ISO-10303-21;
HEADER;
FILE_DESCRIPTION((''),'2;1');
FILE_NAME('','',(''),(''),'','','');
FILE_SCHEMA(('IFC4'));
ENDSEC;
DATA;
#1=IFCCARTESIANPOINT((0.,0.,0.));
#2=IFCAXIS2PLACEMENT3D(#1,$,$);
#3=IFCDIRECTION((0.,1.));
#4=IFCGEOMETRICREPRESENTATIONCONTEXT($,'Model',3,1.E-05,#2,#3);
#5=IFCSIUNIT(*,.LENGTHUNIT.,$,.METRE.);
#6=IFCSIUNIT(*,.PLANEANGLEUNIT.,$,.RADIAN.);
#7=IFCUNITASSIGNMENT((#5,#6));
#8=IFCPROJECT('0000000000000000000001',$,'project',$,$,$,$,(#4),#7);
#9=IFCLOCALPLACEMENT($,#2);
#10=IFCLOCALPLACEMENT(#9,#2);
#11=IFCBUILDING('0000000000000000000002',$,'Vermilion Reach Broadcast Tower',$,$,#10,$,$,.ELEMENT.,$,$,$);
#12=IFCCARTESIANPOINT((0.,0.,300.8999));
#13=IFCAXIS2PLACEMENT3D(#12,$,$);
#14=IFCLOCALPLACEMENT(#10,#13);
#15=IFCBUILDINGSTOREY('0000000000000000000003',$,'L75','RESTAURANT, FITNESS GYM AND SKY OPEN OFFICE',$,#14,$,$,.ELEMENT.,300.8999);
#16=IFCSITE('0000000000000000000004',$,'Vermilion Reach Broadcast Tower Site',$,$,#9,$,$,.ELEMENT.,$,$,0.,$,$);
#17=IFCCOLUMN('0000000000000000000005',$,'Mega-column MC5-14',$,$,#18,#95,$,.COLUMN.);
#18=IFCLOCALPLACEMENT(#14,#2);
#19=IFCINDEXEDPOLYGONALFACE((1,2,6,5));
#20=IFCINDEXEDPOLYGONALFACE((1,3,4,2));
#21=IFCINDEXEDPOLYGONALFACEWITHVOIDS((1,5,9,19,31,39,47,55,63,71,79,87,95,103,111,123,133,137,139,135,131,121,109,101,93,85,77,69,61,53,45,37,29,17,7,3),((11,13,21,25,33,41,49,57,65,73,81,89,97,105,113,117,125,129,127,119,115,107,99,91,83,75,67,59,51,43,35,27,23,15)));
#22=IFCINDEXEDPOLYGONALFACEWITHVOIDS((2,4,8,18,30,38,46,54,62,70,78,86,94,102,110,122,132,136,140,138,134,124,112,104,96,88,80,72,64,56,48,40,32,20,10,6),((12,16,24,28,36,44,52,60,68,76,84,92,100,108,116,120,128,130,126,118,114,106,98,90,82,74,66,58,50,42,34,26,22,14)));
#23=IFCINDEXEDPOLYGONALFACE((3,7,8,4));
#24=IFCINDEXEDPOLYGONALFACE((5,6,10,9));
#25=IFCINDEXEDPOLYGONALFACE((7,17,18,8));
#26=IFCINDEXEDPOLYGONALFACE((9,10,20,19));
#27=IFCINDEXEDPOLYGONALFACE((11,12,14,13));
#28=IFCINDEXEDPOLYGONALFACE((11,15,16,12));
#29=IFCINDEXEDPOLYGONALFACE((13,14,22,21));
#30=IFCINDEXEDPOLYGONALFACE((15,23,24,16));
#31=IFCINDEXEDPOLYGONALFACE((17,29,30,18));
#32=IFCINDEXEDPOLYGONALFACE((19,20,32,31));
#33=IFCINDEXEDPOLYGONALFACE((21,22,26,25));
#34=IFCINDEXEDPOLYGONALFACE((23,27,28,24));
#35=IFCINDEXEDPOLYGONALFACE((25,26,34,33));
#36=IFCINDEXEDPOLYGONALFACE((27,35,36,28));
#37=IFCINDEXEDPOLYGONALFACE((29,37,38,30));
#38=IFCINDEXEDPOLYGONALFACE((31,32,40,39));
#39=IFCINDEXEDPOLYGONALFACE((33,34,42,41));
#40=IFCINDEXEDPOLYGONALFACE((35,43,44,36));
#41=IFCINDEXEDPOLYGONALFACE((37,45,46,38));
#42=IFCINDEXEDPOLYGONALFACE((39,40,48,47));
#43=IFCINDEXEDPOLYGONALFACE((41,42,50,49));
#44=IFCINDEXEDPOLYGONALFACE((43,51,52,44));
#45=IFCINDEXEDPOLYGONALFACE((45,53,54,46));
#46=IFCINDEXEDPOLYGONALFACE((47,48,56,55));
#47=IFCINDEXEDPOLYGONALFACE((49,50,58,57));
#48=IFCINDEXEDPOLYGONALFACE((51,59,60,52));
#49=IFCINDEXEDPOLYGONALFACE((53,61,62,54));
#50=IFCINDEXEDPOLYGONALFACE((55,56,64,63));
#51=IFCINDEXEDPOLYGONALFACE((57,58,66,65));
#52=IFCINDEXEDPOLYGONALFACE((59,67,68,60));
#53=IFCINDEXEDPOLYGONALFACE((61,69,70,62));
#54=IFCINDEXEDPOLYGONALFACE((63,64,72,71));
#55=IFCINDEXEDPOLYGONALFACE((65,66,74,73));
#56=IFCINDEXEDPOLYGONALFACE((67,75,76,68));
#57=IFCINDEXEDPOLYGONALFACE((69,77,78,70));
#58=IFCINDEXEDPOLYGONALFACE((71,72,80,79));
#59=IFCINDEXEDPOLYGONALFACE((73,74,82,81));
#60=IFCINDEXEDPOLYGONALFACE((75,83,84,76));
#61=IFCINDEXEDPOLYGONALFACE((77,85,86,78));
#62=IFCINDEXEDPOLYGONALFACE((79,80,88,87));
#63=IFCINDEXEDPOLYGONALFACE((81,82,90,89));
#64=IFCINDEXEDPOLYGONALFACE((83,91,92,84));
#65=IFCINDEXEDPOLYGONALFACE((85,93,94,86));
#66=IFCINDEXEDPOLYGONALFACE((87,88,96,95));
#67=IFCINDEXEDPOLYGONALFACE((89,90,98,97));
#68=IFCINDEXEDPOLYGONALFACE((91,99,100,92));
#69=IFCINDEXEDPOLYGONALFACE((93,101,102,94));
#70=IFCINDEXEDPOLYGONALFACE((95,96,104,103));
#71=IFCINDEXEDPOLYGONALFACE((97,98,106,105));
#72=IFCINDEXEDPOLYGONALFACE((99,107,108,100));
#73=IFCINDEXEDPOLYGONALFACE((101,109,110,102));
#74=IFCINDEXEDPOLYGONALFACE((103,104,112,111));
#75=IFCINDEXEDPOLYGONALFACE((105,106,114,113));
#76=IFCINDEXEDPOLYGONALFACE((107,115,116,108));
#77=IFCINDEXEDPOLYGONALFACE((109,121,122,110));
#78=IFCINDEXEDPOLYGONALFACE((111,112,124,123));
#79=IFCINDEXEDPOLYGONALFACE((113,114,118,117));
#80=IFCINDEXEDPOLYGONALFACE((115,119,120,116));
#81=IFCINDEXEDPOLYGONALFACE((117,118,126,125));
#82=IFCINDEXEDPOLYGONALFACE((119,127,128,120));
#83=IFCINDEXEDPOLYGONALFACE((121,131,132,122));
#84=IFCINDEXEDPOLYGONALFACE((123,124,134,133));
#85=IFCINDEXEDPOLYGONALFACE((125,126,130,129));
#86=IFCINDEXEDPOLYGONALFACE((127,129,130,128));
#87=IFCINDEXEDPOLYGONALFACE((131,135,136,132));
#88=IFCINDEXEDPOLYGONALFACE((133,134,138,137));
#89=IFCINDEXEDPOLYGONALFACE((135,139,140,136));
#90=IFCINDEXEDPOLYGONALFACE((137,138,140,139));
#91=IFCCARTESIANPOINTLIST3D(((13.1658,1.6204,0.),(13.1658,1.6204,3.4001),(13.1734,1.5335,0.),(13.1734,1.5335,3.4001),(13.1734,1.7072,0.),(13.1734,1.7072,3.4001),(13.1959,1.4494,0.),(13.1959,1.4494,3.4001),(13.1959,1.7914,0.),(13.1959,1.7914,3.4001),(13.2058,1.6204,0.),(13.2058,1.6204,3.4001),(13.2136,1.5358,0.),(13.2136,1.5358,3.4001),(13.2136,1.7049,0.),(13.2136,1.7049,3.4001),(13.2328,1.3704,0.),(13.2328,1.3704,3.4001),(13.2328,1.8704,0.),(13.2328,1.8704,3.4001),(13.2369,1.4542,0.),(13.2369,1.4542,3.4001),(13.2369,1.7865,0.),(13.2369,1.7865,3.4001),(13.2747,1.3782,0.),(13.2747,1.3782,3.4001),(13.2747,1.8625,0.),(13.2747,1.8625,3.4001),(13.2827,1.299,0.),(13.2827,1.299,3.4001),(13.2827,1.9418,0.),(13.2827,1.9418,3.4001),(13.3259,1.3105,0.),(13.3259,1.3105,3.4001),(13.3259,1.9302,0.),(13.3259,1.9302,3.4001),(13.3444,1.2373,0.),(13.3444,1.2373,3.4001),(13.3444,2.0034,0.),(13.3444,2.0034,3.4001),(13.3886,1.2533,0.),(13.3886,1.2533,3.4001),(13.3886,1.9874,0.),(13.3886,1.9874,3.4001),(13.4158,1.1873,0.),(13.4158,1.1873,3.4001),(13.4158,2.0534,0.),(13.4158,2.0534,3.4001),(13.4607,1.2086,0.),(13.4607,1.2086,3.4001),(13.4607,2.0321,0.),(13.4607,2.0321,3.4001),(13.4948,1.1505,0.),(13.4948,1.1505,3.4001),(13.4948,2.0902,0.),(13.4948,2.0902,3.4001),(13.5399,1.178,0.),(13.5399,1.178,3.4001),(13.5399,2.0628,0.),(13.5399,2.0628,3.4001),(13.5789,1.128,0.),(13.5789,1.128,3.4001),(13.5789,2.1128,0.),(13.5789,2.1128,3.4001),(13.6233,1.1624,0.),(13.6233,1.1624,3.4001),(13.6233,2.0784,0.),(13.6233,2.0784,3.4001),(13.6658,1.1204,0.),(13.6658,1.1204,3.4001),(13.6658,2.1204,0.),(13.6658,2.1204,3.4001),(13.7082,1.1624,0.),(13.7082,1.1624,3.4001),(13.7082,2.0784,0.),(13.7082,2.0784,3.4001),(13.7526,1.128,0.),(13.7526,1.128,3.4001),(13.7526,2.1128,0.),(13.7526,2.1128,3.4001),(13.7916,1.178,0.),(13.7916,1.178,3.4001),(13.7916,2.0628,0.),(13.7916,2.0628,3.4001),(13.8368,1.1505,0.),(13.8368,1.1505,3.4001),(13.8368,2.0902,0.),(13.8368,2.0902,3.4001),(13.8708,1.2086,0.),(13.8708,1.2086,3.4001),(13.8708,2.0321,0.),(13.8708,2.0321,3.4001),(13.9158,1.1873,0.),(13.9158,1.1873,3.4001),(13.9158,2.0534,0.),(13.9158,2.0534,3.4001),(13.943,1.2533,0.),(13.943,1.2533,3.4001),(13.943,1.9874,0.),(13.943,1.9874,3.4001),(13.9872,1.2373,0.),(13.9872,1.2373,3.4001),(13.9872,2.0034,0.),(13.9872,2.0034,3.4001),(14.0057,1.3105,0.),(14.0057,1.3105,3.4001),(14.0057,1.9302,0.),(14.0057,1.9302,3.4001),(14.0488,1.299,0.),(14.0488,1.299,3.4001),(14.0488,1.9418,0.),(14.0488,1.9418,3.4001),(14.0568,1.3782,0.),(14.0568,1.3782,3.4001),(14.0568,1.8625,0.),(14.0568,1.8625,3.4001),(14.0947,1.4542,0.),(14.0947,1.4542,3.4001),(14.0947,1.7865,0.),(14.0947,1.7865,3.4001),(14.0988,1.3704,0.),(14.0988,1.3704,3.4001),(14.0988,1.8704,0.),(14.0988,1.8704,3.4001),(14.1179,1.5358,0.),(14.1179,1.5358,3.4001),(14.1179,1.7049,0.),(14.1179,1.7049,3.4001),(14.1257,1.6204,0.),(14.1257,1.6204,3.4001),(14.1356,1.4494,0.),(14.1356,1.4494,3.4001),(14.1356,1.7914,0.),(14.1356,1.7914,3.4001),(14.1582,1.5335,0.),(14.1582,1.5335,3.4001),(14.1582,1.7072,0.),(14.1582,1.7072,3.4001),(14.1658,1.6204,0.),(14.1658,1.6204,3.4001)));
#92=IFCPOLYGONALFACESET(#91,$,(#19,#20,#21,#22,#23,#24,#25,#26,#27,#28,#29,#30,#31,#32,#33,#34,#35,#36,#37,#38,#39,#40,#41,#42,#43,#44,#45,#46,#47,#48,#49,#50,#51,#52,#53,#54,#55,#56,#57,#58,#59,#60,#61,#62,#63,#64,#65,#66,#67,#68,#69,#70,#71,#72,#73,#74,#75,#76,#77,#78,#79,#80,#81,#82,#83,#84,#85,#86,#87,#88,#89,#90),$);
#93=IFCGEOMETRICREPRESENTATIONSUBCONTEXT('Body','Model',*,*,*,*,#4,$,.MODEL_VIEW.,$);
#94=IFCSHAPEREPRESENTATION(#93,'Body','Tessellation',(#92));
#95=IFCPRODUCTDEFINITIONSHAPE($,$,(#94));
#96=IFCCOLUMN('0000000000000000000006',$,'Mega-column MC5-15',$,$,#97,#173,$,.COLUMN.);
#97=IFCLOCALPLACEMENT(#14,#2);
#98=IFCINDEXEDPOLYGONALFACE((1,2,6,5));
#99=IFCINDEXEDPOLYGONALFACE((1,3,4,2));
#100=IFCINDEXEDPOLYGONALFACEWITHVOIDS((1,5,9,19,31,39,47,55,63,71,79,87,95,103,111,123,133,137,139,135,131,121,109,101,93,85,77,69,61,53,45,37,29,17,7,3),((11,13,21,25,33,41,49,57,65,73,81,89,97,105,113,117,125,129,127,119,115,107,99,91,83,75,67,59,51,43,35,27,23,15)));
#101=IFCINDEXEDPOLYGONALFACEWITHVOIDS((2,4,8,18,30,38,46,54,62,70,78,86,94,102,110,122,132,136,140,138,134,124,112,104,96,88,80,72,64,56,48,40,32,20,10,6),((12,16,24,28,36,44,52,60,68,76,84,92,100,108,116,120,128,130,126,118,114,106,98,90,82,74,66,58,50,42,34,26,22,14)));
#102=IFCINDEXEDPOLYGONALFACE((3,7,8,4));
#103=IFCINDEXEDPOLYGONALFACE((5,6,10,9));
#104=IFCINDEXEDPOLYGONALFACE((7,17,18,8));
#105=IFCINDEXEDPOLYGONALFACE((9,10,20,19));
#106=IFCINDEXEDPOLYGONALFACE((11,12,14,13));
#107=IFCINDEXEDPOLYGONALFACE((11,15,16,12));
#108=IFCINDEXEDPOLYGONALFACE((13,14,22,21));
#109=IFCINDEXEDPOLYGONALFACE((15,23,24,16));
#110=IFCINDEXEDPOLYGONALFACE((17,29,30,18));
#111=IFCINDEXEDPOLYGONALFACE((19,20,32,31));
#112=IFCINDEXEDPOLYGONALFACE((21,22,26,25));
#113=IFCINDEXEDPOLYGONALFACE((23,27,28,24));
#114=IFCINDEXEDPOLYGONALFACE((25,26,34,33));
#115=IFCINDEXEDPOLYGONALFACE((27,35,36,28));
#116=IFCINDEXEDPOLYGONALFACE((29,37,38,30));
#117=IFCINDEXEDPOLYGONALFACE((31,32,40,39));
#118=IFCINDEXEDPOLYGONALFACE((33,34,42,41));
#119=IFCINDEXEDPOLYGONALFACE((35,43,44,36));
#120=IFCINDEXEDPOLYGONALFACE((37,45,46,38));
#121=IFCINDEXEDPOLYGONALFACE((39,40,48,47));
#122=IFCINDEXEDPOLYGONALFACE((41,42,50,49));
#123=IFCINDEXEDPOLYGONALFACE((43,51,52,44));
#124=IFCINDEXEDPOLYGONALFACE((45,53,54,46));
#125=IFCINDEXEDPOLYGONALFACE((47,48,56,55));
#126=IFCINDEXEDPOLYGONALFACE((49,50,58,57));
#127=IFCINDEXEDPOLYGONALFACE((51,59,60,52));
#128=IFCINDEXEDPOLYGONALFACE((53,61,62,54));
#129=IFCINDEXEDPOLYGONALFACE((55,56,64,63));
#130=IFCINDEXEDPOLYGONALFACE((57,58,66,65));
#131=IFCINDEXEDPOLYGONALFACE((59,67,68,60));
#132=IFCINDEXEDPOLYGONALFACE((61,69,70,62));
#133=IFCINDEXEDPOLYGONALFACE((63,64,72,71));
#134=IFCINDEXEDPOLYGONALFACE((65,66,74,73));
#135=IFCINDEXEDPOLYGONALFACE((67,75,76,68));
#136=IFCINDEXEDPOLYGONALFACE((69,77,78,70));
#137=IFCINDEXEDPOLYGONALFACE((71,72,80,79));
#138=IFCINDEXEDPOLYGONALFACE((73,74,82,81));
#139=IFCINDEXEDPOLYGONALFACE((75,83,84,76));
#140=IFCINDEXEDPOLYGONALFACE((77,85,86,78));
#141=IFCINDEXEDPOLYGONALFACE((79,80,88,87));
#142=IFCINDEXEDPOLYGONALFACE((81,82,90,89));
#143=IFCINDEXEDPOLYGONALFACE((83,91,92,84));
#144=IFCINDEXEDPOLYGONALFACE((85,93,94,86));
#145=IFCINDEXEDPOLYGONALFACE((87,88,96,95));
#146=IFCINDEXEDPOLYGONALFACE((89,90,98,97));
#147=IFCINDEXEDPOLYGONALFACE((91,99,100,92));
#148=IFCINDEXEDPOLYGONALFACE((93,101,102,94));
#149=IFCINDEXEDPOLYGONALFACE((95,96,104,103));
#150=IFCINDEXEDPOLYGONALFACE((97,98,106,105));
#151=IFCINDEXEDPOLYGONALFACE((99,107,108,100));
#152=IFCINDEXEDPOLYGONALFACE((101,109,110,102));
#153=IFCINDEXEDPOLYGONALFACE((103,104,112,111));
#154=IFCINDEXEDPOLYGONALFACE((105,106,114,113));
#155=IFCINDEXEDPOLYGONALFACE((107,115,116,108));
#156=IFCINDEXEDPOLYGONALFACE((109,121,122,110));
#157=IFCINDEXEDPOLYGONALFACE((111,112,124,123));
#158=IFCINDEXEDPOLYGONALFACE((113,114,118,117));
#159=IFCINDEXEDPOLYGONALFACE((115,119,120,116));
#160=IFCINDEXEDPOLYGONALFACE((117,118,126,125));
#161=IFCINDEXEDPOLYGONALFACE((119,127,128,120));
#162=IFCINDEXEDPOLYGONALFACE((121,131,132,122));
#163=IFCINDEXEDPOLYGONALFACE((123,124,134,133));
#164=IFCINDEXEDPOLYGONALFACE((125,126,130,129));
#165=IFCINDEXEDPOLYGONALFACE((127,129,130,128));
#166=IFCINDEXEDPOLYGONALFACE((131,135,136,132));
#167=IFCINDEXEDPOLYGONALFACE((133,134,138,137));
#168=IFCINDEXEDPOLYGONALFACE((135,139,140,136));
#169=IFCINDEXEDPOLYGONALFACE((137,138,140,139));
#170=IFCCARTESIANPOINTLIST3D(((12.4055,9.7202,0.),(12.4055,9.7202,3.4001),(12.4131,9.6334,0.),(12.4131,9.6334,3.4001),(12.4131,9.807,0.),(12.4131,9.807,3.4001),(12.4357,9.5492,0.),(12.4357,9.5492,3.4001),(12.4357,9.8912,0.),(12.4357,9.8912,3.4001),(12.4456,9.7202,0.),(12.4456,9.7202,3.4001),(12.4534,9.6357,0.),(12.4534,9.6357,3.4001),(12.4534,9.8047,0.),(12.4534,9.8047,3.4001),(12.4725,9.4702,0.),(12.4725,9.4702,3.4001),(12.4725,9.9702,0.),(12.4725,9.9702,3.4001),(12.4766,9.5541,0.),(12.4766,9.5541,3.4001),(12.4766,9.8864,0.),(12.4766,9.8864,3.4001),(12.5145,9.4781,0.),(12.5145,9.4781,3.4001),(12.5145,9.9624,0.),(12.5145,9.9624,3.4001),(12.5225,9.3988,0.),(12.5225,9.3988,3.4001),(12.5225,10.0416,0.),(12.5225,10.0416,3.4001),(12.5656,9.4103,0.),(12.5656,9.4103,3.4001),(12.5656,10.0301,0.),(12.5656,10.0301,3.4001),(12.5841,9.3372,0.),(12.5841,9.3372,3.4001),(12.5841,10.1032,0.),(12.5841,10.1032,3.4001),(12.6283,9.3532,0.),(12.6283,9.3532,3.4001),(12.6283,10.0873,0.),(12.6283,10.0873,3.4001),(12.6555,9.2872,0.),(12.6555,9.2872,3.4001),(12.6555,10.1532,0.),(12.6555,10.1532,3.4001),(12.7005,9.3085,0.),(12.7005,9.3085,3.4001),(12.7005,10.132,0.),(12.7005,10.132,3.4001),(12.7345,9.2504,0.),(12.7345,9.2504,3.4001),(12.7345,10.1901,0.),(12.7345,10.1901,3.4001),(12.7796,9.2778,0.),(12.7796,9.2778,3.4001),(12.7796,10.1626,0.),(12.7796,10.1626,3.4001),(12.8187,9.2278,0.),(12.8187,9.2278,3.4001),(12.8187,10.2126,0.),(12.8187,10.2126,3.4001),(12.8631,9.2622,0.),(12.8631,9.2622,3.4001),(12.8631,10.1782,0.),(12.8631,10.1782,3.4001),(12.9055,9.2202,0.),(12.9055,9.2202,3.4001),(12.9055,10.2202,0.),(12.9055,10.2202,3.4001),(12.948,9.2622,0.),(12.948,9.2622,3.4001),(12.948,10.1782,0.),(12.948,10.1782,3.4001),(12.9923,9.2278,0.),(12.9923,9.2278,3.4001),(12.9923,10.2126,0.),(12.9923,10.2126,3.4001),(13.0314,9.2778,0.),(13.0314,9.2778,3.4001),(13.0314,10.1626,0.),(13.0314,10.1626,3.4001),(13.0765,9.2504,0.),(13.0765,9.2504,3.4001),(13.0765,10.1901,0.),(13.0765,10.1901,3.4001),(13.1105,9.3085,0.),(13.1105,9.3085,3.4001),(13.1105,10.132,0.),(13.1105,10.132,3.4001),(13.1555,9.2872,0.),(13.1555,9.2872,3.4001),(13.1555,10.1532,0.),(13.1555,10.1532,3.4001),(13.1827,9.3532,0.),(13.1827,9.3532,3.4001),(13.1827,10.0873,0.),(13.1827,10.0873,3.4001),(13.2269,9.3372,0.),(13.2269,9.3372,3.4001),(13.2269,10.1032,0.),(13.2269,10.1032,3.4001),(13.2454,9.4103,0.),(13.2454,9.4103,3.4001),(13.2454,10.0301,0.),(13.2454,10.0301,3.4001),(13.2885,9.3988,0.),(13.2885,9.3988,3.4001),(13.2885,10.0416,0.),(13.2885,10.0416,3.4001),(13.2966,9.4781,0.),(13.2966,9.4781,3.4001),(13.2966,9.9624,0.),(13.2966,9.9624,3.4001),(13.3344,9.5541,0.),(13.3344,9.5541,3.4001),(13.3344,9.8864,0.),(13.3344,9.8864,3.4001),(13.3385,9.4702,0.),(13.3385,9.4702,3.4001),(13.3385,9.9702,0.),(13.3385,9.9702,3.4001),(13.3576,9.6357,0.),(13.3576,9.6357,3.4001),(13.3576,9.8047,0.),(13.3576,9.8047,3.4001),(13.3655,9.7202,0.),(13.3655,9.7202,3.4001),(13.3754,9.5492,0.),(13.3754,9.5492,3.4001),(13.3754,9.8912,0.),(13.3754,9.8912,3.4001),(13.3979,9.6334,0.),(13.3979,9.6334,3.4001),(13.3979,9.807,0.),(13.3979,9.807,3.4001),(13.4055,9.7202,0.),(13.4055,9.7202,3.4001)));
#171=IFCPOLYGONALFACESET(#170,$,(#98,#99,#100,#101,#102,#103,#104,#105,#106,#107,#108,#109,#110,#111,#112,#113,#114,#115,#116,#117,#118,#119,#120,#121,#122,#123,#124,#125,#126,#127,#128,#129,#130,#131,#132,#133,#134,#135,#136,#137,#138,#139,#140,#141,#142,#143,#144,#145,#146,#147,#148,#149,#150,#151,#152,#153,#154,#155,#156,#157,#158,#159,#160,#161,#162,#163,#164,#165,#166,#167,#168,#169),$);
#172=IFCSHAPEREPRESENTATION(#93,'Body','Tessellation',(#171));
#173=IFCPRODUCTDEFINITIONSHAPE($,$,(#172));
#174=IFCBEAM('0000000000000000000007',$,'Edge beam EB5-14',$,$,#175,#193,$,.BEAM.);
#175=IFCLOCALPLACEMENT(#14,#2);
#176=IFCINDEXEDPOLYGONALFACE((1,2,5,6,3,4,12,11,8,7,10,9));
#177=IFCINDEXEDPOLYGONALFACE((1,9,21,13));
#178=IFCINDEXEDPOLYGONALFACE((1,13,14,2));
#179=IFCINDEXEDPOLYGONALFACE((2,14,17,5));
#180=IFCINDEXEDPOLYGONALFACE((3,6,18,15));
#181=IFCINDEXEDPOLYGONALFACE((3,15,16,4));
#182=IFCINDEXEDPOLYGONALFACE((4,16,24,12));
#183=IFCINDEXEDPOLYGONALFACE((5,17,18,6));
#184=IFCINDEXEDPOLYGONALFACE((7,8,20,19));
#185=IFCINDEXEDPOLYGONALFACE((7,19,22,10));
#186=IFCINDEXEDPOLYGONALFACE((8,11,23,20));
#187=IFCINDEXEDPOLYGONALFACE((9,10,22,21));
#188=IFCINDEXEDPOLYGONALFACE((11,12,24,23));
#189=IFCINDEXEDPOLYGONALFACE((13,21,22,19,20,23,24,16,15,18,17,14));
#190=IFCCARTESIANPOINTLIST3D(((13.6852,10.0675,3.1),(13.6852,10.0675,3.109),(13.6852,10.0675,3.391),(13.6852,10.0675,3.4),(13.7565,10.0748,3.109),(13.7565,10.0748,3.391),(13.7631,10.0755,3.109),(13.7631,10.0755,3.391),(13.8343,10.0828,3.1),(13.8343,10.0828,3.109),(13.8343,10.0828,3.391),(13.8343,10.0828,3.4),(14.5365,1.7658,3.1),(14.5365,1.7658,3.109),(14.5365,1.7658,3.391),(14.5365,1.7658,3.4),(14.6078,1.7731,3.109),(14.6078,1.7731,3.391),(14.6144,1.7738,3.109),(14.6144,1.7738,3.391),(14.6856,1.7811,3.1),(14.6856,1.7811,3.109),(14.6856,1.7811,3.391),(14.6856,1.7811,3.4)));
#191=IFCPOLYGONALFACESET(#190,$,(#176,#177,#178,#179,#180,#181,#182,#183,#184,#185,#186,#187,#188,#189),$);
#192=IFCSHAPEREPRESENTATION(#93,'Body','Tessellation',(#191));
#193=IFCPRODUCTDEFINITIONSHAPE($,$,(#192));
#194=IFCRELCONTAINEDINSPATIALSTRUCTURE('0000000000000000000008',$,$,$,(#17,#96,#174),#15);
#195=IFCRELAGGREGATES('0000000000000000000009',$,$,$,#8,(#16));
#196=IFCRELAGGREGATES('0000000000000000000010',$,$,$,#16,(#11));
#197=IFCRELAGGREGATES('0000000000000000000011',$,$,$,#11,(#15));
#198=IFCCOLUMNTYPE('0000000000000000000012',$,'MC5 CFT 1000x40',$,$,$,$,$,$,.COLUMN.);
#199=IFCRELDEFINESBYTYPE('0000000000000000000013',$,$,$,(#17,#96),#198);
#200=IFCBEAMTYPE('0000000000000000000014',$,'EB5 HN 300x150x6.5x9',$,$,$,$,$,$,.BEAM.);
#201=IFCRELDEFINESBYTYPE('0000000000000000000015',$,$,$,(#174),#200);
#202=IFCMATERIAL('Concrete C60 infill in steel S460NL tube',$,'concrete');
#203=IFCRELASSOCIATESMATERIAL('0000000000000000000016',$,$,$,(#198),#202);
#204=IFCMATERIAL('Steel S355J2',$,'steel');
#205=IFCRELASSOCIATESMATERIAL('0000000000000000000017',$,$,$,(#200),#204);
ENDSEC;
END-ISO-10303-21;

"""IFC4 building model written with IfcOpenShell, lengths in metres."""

from ifc_helpers import new_model, si_unit, direction, frame, origin, origin_2d, place, context, subcontext, project, spatial, hollow_circle, i_section, extrude, material, material_profile, profile_set, type_object, element, save


model = new_model("IFC4")

# Units and contexts
model_context = context("Model", 3, precision=1e-05, world=origin(), true_north=direction((0.0, 1.0)))
body_context = subcontext(model_context, "Body", "Model", "MODEL_VIEW")
ifc_project = project(units=[si_unit("LENGTHUNIT", "METRE"), si_unit("PLANEANGLEUNIT", "RADIAN")], contexts=[model_context])

# Site, building, storey
site_placement = place(None, origin())
site = spatial("IfcSite", under=ifc_project, at=site_placement, Name="Vermilion Reach Broadcast Tower Site", CompositionType="ELEMENT", RefElevation=0.0)
building_placement = place(site_placement, origin())
building = spatial("IfcBuilding", under=site, at=building_placement, Name="Vermilion Reach Broadcast Tower", CompositionType="ELEMENT")
storey_placement = place(building_placement, frame((0.0, 0.0, 300.8999)))
storey = spatial("IfcBuildingStorey", under=building, at=storey_placement, Name="L75", Description="RESTAURANT, FITNESS GYM AND SKY OPEN OFFICE", CompositionType="ELEMENT", Elevation=300.8999)

# Columns
ifc_material_1 = material(Name="Concrete C60 infill in steel S460NL tube", Category="concrete")
ifc_material_profile_1 = material_profile(ifc_material_1, hollow_circle(Radius=0.5, WallThickness=0.04, at=origin_2d()), Name="Concrete C60 infill in steel S460NL tube CFT 1000x40")
ifc_profile_set_1 = profile_set([ifc_material_profile_1], Name="Concrete C60 infill in steel S460NL tube")
column_type = type_object("IfcColumnType", Name="MC5 CFT 1000x40", PredefinedType="COLUMN", material=ifc_profile_set_1)
for number, where, z_axis, x_axis, name in (
    (1, (13.6658, 1.6204, 0.0), (0.0, 0.0, 1.0), (1.0, 0.0, 0.0), "Mega-column MC5-14"),
    (2, (12.9055, 9.7202, 0.0), (0.0, 0.0, 1.0), (1.0, 0.0, 0.0), "Mega-column MC5-15"),
):
    element("IfcColumn", number, at=place(storey_placement, frame(where, z_axis=z_axis, x_axis=x_axis)), inside=storey, type_object=column_type, Name=name, PredefinedType="COLUMN", context=body_context, shape_type="SweptSolid", body=[
        extrude(hollow_circle(Radius=0.5, WallThickness=0.04, at=origin_2d()), origin(), (0.0, 0.0, 1.0), 3.4001),
    ])

# Beam
ifc_material_2 = material(Name="Steel S355J2", Category="steel")
ifc_material_profile_2 = material_profile(ifc_material_2, i_section(OverallWidth=0.1499, OverallDepth=0.3, WebThickness=0.0066, FlangeThickness=0.009, at=origin_2d()), Name="S355J2 HN 300x150x6.5x9")
ifc_profile_set_2 = profile_set([ifc_material_profile_2], Name="Steel S355J2")
beam_type_1 = type_object("IfcBeamType", Name="EB5 HN 300x150x6.5x9", PredefinedType="BEAM", material=ifc_profile_set_2)
beam_1_placement = place(storey_placement, frame((14.6111, 1.7734, 3.25), z_axis=(-0.102012, 0.994783, 0.0), x_axis=(-0.994783, -0.102012, 0.0)))
element("IfcBeam", 3, at=beam_1_placement, inside=storey, type_object=beam_type_1, Name="Edge beam EB5-14", PredefinedType="BEAM", context=body_context, shape_type="SweptSolid", body=[
    extrude(i_section(OverallWidth=0.1499, OverallDepth=0.3, WebThickness=0.0066, FlangeThickness=0.009, at=origin_2d()), origin(), (0.0, 0.0, 1.0), 8.3452),
])

save(model, "model.ifc")
